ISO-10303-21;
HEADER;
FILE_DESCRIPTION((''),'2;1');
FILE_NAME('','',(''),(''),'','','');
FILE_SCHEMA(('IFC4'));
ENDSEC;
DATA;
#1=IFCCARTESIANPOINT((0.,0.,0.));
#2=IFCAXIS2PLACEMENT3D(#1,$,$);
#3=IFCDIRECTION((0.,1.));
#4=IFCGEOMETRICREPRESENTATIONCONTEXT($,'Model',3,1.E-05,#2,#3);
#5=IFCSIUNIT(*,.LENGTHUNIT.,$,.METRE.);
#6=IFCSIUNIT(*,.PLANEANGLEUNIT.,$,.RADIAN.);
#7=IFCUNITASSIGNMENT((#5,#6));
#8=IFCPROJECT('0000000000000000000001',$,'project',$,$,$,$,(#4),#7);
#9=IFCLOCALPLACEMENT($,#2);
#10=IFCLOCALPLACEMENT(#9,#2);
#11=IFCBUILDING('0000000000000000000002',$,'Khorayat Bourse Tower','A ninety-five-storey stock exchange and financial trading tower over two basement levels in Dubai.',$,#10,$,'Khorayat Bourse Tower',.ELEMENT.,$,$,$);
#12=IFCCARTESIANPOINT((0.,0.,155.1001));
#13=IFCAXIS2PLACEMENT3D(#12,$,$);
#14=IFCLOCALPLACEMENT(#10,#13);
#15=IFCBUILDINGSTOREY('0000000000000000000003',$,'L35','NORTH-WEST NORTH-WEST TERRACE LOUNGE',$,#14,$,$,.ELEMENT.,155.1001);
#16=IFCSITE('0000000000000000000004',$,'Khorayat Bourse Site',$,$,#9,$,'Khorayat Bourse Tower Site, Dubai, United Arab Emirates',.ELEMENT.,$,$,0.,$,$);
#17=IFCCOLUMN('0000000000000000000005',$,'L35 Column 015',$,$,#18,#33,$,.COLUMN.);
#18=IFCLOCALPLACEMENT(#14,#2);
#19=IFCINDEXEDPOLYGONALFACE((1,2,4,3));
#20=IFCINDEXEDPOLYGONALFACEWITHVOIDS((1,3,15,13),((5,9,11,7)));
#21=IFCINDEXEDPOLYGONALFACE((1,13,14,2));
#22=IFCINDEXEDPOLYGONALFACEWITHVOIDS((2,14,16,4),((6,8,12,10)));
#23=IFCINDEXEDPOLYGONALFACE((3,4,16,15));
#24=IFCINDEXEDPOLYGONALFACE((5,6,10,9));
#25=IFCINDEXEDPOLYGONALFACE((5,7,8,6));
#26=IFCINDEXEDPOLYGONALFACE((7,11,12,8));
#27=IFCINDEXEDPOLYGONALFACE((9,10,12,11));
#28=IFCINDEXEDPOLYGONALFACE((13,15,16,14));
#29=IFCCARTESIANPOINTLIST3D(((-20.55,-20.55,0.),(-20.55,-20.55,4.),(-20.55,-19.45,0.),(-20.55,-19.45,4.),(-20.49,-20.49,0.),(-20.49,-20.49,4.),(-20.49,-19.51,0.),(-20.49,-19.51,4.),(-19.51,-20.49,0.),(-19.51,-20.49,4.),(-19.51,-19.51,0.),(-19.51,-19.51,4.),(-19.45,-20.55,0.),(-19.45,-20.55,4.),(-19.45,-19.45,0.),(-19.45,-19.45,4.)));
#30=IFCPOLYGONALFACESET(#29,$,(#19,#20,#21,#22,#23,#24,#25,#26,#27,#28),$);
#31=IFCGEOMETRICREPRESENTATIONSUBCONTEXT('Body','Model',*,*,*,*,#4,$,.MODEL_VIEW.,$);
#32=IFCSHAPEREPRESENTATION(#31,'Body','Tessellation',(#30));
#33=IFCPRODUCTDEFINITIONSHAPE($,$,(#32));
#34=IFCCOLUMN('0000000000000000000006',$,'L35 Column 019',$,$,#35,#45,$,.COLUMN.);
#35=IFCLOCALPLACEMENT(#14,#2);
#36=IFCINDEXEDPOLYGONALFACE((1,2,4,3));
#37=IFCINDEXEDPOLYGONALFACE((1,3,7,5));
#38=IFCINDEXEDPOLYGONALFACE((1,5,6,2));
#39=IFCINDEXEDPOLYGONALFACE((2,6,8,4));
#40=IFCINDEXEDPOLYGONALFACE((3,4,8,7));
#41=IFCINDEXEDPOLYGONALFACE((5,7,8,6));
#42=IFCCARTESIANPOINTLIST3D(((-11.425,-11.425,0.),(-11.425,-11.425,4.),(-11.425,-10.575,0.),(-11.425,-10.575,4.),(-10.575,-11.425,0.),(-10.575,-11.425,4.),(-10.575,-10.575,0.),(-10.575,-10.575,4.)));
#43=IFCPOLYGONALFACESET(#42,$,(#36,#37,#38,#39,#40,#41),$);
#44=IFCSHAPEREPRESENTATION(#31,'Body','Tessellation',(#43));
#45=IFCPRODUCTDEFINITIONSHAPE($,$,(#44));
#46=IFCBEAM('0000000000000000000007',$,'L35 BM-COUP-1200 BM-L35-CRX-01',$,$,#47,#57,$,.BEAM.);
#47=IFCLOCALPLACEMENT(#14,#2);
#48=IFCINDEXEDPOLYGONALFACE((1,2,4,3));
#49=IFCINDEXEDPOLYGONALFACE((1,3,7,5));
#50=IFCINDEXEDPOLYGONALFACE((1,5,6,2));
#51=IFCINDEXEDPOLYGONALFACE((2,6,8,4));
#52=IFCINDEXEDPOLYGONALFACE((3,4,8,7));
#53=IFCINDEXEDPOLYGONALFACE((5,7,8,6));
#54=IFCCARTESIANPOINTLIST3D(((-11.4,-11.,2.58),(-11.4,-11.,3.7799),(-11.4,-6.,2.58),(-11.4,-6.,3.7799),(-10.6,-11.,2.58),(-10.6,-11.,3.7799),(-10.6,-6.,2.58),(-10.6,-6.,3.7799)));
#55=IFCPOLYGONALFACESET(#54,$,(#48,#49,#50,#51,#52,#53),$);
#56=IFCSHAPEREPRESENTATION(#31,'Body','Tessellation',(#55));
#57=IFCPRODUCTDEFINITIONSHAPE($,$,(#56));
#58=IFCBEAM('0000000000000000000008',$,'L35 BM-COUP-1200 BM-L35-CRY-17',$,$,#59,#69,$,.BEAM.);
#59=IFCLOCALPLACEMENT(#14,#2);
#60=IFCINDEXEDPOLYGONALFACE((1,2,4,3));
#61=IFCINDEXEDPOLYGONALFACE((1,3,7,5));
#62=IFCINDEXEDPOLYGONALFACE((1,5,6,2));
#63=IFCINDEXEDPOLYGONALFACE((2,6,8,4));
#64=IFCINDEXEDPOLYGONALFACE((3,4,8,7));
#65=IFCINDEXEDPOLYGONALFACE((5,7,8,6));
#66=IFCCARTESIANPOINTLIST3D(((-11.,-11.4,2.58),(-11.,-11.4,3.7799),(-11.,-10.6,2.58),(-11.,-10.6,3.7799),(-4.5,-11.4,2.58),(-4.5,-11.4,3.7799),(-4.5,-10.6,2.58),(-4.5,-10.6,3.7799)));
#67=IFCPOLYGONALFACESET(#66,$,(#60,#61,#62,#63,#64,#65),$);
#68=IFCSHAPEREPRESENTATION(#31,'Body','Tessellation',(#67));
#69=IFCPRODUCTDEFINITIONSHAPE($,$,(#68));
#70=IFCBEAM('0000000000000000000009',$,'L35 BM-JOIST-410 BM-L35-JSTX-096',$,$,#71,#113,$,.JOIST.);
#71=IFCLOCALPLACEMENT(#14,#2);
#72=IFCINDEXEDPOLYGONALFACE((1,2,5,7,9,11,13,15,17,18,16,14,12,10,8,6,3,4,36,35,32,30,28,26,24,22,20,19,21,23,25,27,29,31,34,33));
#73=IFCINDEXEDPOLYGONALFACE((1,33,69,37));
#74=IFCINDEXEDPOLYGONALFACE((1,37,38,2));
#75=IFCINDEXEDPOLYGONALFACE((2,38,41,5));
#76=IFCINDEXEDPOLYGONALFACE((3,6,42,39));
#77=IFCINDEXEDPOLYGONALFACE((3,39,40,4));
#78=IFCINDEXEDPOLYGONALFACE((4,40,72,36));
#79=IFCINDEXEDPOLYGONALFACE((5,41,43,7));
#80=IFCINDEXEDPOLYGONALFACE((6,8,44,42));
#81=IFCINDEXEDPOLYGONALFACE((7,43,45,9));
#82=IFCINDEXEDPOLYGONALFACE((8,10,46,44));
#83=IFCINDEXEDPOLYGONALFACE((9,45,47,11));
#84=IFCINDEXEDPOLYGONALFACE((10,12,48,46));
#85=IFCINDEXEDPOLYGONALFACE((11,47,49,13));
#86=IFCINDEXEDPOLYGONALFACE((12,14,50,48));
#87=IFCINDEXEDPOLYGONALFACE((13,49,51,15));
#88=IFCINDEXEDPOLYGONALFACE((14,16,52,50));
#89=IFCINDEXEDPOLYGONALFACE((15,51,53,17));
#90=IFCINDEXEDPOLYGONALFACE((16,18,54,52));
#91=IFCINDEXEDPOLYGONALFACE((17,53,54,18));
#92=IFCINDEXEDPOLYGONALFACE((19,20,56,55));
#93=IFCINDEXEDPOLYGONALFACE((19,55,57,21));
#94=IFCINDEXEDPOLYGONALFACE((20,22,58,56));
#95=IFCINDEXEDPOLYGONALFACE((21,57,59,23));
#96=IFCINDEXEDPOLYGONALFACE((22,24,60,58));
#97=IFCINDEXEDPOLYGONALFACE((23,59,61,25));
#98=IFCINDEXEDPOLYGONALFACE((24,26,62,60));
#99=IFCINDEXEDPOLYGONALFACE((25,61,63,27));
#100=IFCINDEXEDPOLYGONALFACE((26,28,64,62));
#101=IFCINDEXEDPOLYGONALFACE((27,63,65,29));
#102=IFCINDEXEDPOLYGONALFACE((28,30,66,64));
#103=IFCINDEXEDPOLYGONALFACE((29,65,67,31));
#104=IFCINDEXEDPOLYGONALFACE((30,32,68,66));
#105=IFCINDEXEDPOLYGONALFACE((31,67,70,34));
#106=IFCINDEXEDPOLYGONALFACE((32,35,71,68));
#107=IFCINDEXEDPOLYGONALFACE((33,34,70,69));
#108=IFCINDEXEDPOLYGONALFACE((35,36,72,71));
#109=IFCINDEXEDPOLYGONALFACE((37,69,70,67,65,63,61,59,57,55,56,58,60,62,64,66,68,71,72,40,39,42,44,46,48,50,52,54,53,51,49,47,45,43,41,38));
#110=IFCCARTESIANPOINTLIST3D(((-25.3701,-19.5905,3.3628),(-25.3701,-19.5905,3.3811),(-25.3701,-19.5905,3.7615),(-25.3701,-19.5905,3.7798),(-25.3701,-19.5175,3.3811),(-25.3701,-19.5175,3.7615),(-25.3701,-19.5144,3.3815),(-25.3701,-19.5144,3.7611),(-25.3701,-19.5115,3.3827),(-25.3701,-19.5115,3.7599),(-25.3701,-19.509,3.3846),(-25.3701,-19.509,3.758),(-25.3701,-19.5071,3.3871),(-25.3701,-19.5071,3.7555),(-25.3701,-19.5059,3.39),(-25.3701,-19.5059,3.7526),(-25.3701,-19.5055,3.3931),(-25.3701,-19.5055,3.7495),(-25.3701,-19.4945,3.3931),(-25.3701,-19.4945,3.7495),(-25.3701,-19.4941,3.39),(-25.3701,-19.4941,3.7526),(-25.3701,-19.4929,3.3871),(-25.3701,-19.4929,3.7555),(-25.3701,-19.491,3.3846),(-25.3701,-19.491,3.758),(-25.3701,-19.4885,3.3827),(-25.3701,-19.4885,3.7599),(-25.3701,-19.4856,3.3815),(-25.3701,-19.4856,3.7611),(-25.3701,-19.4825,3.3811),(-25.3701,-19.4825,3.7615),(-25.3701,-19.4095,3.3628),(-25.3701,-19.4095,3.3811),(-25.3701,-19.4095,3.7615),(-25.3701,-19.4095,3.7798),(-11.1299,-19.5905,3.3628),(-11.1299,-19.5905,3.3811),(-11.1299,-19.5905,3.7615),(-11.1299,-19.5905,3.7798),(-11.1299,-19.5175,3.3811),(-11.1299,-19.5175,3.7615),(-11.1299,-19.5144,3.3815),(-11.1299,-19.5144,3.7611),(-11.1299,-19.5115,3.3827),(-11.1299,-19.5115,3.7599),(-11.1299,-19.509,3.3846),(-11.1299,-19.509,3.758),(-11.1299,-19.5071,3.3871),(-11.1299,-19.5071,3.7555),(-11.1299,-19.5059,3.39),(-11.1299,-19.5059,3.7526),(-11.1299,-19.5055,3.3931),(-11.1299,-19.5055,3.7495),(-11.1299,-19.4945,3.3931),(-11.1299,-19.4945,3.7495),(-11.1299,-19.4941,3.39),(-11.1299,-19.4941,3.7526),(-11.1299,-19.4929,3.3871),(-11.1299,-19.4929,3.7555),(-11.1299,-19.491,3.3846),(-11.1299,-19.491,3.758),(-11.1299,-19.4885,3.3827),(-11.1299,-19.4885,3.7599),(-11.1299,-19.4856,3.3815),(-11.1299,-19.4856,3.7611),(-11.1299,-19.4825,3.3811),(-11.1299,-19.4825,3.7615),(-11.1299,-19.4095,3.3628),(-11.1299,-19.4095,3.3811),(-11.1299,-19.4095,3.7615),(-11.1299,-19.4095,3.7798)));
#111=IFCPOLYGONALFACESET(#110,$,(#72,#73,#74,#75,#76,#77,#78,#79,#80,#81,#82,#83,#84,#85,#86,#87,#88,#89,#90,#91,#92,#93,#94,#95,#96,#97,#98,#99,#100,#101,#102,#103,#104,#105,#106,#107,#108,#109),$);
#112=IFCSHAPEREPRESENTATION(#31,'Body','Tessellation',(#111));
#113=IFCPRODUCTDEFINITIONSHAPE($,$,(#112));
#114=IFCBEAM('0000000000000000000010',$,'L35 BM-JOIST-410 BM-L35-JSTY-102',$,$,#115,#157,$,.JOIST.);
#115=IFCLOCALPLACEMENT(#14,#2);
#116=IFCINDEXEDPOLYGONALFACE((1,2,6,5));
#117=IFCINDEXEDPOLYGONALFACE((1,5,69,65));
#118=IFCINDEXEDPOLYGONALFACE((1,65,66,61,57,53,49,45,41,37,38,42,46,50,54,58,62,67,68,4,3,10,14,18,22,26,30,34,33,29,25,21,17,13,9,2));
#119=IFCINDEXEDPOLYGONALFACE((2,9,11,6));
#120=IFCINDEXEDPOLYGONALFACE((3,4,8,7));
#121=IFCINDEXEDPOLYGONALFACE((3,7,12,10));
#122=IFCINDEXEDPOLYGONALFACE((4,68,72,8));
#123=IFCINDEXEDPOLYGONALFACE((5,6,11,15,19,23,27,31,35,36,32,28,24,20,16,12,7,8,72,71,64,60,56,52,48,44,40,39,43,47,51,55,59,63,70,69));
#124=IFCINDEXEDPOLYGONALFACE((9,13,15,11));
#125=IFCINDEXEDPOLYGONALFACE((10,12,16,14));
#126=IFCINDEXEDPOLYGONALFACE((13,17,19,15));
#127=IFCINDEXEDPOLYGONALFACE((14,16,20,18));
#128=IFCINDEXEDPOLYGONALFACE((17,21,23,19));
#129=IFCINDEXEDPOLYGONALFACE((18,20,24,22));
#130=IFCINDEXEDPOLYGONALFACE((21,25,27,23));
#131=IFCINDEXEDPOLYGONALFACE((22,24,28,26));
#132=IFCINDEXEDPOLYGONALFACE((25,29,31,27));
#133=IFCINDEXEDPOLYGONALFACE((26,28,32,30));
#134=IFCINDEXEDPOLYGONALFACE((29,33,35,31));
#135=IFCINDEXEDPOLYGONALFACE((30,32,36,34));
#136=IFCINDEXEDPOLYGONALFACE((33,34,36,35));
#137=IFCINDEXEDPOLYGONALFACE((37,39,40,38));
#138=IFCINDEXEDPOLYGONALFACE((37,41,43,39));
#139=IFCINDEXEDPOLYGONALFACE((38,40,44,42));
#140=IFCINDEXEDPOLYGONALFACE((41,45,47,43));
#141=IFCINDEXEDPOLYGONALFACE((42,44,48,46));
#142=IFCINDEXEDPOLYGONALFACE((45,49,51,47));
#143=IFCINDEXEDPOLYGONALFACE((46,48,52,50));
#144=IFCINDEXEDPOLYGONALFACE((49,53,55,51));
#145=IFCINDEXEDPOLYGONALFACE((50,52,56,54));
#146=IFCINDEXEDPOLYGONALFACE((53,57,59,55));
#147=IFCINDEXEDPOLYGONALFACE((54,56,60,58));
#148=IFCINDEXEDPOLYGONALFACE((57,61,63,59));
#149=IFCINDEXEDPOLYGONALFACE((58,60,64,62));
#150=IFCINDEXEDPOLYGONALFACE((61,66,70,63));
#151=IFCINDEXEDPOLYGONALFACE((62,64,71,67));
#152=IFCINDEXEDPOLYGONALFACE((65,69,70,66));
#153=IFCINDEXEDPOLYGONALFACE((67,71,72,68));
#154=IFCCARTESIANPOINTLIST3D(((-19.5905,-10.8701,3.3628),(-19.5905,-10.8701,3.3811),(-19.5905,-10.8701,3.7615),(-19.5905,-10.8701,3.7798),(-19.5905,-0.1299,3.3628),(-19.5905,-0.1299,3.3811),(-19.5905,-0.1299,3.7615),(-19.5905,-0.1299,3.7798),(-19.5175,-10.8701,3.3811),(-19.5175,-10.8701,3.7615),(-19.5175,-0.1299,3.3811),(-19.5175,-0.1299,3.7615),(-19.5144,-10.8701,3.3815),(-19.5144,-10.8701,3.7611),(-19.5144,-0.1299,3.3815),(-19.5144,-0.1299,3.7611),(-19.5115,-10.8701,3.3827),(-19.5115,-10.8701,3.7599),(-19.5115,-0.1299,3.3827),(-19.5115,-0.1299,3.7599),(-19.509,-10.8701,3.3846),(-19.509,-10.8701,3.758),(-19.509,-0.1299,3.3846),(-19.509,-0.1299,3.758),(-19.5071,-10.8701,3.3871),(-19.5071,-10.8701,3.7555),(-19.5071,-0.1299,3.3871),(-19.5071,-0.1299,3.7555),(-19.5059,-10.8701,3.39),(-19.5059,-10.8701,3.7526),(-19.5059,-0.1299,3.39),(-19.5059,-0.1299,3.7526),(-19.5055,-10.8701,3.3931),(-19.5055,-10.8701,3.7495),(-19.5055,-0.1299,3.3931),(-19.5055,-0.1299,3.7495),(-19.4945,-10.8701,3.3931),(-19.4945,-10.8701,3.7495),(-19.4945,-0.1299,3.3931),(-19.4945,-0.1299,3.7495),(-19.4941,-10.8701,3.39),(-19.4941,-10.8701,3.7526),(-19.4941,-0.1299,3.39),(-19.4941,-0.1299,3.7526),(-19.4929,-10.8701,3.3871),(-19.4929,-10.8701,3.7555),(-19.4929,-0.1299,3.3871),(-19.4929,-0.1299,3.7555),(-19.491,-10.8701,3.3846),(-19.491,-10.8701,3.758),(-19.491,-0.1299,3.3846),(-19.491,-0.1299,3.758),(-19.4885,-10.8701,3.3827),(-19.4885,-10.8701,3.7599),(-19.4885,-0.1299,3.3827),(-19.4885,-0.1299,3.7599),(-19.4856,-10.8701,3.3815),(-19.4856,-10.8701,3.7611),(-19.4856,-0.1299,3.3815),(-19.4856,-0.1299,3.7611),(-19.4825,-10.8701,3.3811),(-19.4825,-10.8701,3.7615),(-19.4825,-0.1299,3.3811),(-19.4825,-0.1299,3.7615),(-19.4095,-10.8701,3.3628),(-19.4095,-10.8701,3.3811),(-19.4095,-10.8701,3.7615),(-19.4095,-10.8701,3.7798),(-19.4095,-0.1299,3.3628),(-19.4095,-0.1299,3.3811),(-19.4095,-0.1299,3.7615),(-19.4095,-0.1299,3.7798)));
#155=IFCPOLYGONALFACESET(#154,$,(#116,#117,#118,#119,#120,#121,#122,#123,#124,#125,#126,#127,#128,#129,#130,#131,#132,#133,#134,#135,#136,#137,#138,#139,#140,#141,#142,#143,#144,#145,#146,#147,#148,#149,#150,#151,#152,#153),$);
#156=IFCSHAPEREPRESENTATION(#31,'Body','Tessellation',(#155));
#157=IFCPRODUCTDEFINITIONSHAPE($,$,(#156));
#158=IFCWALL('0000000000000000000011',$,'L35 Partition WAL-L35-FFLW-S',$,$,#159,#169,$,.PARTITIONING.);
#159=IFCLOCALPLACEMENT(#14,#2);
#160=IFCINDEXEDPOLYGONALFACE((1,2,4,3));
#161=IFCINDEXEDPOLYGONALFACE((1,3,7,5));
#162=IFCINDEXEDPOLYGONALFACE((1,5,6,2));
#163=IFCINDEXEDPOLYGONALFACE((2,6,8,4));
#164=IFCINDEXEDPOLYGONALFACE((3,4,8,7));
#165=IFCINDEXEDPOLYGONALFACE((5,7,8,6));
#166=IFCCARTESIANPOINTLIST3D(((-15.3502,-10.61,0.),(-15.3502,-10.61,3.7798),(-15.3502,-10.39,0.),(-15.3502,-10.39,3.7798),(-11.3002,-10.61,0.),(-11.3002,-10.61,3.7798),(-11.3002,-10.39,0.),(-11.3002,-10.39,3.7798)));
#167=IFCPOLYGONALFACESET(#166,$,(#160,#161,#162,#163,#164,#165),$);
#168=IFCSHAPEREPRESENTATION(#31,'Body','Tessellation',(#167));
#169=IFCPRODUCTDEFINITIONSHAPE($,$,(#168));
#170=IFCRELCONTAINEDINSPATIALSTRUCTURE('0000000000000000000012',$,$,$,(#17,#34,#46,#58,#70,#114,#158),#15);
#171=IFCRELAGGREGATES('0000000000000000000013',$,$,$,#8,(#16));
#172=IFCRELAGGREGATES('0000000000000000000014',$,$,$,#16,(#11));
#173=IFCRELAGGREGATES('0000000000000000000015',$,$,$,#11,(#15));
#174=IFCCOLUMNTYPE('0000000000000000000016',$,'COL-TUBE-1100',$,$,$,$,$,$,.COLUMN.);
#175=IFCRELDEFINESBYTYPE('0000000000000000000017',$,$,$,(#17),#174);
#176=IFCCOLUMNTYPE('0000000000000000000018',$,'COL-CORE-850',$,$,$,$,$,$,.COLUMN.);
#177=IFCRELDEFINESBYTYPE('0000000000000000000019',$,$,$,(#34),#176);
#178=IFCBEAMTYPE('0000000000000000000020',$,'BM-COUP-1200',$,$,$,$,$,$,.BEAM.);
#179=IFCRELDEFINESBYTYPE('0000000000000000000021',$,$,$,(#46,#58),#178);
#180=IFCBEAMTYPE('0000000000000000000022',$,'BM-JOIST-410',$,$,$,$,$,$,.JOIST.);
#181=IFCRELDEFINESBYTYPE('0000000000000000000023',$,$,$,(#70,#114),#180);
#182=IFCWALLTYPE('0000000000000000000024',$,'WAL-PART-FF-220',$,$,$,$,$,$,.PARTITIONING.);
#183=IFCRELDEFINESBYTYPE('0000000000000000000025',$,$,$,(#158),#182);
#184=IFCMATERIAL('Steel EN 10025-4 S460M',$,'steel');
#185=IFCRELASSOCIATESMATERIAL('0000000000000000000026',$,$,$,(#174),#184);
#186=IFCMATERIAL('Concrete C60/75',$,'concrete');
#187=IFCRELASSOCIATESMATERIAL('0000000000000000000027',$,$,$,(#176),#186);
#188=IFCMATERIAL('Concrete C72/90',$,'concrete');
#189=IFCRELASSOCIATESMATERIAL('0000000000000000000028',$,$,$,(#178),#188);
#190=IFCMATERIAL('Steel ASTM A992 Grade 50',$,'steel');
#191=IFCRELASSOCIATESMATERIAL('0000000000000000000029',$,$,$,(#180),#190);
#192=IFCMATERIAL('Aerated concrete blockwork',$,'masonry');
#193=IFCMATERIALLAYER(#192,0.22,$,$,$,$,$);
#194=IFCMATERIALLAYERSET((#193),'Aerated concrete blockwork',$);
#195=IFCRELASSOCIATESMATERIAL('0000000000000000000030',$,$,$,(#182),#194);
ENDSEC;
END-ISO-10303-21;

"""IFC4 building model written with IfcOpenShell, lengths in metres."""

from ifc_helpers import new_model, si_unit, direction, frame, frame_2d, origin, origin_2d, place, context, subcontext, project, spatial, rectangle, hollow_rectangle, i_section, extrude, source, transform, mapped, material, layer, layer_set, material_profile, profile_set, type_object, element, save


model = new_model("IFC4")

# Units and contexts
model_context = context("Model", 3, precision=1e-05, world=origin(), true_north=direction((0.0, 1.0)))
body_context = subcontext(model_context, "Body", "Model", "MODEL_VIEW")
ifc_project = project(units=[si_unit("LENGTHUNIT", "METRE"), si_unit("PLANEANGLEUNIT", "RADIAN")], contexts=[model_context])

# Site, building, storey
site_placement = place(None, origin())
site = spatial("IfcSite", under=ifc_project, at=site_placement, Name="Khorayat Bourse Site", LongName="Khorayat Bourse Tower Site, Dubai, United Arab Emirates", CompositionType="ELEMENT", RefElevation=0.0)
building_placement = place(site_placement, origin())
building = spatial("IfcBuilding", under=site, at=building_placement, Name="Khorayat Bourse Tower", Description="A ninety-five-storey stock exchange and financial trading tower over two basement levels in Dubai.", LongName="Khorayat Bourse Tower", CompositionType="ELEMENT")
storey_placement = place(building_placement, frame((0.0, 0.0, 155.1001)))
storey = spatial("IfcBuildingStorey", under=building, at=storey_placement, Name="L35", Description="NORTH-WEST NORTH-WEST TERRACE LOUNGE", CompositionType="ELEMENT", Elevation=155.1001)

# Columns
ifc_material_1 = material(Name="Steel EN 10025-4 S460M", Category="steel")
ifc_material_profile_1 = material_profile(ifc_material_1, hollow_rectangle(XDim=1.1001, YDim=1.1001, WallThickness=0.0601, at=origin_2d()), Name="BOX 1100x1100x60")
ifc_profile_set_1 = profile_set([ifc_material_profile_1], Name="Steel EN 10025-4 S460M")
column_type_1 = type_object("IfcColumnType", Name="COL-TUBE-1100", PredefinedType="COLUMN", material=ifc_profile_set_1)
shared_shape_1 = source(origin(), body_context, "Body", "SweptSolid", [
    extrude(hollow_rectangle(XDim=1.1001, YDim=1.1001, WallThickness=0.0601, at=origin_2d()), origin(), (0.0, 0.0, 1.0), 4.0),
])
column_1_placement = place(storey_placement, frame((-20.0, -20.0, 0.0), z_axis=(0.0, 0.0, 1.0), x_axis=(1.0, 0.0, 0.0)))
element("IfcColumn", 1, at=column_1_placement, inside=storey, type_object=column_type_1, Name="L35 Column 015", PredefinedType="COLUMN", context=body_context, shape_type="MappedRepresentation", body=[
    mapped(shared_shape_1, transform((0.0, 0.0, 0.0), scale=1.0)),
])
ifc_material_2 = material(Name="Concrete C60/75", Category="concrete")
ifc_material_profile_2 = material_profile(ifc_material_2, rectangle(XDim=0.8501, YDim=0.8501, at=origin_2d()), Name="RC 850x850")
ifc_profile_set_2 = profile_set([ifc_material_profile_2], Name="Concrete C60/75")
column_type_2 = type_object("IfcColumnType", Name="COL-CORE-850", PredefinedType="COLUMN", material=ifc_profile_set_2)
shared_shape_2 = source(origin(), body_context, "Body", "SweptSolid", [
    extrude(rectangle(XDim=0.8501, YDim=0.8501, at=origin_2d()), origin(), (0.0, 0.0, 1.0), 4.0),
])
column_2_placement = place(storey_placement, frame((-11.0, -11.0, 0.0), z_axis=(0.0, 0.0, 1.0), x_axis=(1.0, 0.0, 0.0)))
element("IfcColumn", 2, at=column_2_placement, inside=storey, type_object=column_type_2, Name="L35 Column 019", PredefinedType="COLUMN", context=body_context, shape_type="MappedRepresentation", body=[
    mapped(shared_shape_2, transform((0.0, 0.0, 0.0), scale=1.0)),
])

# Beams
ifc_material_3 = material(Name="Concrete C72/90", Category="concrete")
ifc_material_profile_3 = material_profile(ifc_material_3, rectangle(XDim=0.8, YDim=1.2, at=origin_2d()), Name="RC 800x1200")
ifc_profile_set_3 = profile_set([ifc_material_profile_3], Name="Concrete C72/90")
beam_type_1 = type_object("IfcBeamType", Name="BM-COUP-1200", PredefinedType="BEAM", material=ifc_profile_set_3)
shared_shape_3 = source(origin(), body_context, "Body", "SweptSolid", [
    extrude(rectangle(XDim=0.8, YDim=1.2, at=origin_2d()), origin(), (0.0, 0.0, 1.0), 5.0),
])
beam_1_placement = place(storey_placement, frame((-11.0, -11.0, 3.1799), z_axis=(0.0, 1.0, 0.0), x_axis=(-1.0, 0.0, 0.0)))
element("IfcBeam", 3, at=beam_1_placement, inside=storey, type_object=beam_type_1, Name="L35 BM-COUP-1200 BM-L35-CRX-01", PredefinedType="BEAM", context=body_context, shape_type="MappedRepresentation", body=[
    mapped(shared_shape_3, transform((0.0, 0.0, 0.0), scale=1.0)),
])
shared_shape_4 = source(origin(), body_context, "Body", "SweptSolid", [
    extrude(rectangle(XDim=0.8, YDim=1.2, at=origin_2d()), origin(), (0.0, 0.0, 1.0), 6.5),
])
beam_2_placement = place(storey_placement, frame((-11.0, -11.0, 3.1799), z_axis=(1.0, 0.0, 0.0), x_axis=(0.0, 1.0, 0.0)))
element("IfcBeam", 4, at=beam_2_placement, inside=storey, type_object=beam_type_1, Name="L35 BM-COUP-1200 BM-L35-CRY-17", PredefinedType="BEAM", context=body_context, shape_type="MappedRepresentation", body=[
    mapped(shared_shape_4, transform((0.0, 0.0, 0.0), scale=1.0)),
])
ifc_material_4 = material(Name="Steel ASTM A992 Grade 50", Category="steel")
ifc_material_profile_4 = material_profile(ifc_material_4, i_section(OverallWidth=0.1809, OverallDepth=0.417, WebThickness=0.011, FlangeThickness=0.0183, FilletRadius=0.012, at=origin_2d()), Name="W410X85")
ifc_profile_set_4 = profile_set([ifc_material_profile_4], Name="Steel ASTM A992 Grade 50")
beam_type_2 = type_object("IfcBeamType", Name="BM-JOIST-410", PredefinedType="JOIST", material=ifc_profile_set_4)
shared_shape_5 = source(origin(), body_context, "Body", "SweptSolid", [
    extrude(i_section(OverallWidth=0.1809, OverallDepth=0.417, WebThickness=0.011, FlangeThickness=0.0183, FilletRadius=0.012, at=origin_2d()), origin(), (0.0, 0.0, 1.0), 14.2402),
])
beam_3_placement = place(storey_placement, frame((-25.3701, -19.5, 3.5713), z_axis=(1.0, 0.0, 0.0), x_axis=(0.0, 1.0, 0.0)))
element("IfcBeam", 5, at=beam_3_placement, inside=storey, type_object=beam_type_2, Name="L35 BM-JOIST-410 BM-L35-JSTX-096", PredefinedType="JOIST", context=body_context, shape_type="MappedRepresentation", body=[
    mapped(shared_shape_5, transform((0.0, 0.0, 0.0), scale=1.0)),
])
shared_shape_6 = source(origin(), body_context, "Body", "SweptSolid", [
    extrude(i_section(OverallWidth=0.1809, OverallDepth=0.417, WebThickness=0.011, FlangeThickness=0.0183, FilletRadius=0.012, at=origin_2d()), origin(), (0.0, 0.0, 1.0), 10.7402),
])
beam_4_placement = place(storey_placement, frame((-19.5, -10.8701, 3.5713), z_axis=(0.0, 1.0, 0.0), x_axis=(-1.0, 0.0, 0.0)))
element("IfcBeam", 6, at=beam_4_placement, inside=storey, type_object=beam_type_2, Name="L35 BM-JOIST-410 BM-L35-JSTY-102", PredefinedType="JOIST", context=body_context, shape_type="MappedRepresentation", body=[
    mapped(shared_shape_6, transform((0.0, 0.0, 0.0), scale=1.0)),
])

# Wall
ifc_material_5 = material(Name="Aerated concrete blockwork", Category="masonry")
ifc_layer_1 = layer(ifc_material_5, 0.22)
ifc_layer_set_1 = layer_set([ifc_layer_1], Name="Aerated concrete blockwork")
wall_type_1 = type_object("IfcWallType", Name="WAL-PART-FF-220", PredefinedType="PARTITIONING", material=ifc_layer_set_1)
shared_shape_7 = source(origin(), body_context, "Body", "SweptSolid", [
    extrude(rectangle(XDim=4.05, YDim=0.22, at=frame_2d((2.0249, 0.0))), origin(), (0.0, 0.0, 1.0), 3.7798),
])
wall_1_placement = place(storey_placement, frame((-15.3501, -10.5, 0.0), z_axis=(0.0, 0.0, 1.0), x_axis=(1.0, 0.0, 0.0)))
element("IfcWall", 7, at=wall_1_placement, inside=storey, type_object=wall_type_1, Name="L35 Partition WAL-L35-FFLW-S", PredefinedType="PARTITIONING", context=body_context, shape_type="MappedRepresentation", body=[
    mapped(shared_shape_7, transform((0.0, 0.0, 0.0), scale=1.0)),
])

save(model, "model.ifc")
